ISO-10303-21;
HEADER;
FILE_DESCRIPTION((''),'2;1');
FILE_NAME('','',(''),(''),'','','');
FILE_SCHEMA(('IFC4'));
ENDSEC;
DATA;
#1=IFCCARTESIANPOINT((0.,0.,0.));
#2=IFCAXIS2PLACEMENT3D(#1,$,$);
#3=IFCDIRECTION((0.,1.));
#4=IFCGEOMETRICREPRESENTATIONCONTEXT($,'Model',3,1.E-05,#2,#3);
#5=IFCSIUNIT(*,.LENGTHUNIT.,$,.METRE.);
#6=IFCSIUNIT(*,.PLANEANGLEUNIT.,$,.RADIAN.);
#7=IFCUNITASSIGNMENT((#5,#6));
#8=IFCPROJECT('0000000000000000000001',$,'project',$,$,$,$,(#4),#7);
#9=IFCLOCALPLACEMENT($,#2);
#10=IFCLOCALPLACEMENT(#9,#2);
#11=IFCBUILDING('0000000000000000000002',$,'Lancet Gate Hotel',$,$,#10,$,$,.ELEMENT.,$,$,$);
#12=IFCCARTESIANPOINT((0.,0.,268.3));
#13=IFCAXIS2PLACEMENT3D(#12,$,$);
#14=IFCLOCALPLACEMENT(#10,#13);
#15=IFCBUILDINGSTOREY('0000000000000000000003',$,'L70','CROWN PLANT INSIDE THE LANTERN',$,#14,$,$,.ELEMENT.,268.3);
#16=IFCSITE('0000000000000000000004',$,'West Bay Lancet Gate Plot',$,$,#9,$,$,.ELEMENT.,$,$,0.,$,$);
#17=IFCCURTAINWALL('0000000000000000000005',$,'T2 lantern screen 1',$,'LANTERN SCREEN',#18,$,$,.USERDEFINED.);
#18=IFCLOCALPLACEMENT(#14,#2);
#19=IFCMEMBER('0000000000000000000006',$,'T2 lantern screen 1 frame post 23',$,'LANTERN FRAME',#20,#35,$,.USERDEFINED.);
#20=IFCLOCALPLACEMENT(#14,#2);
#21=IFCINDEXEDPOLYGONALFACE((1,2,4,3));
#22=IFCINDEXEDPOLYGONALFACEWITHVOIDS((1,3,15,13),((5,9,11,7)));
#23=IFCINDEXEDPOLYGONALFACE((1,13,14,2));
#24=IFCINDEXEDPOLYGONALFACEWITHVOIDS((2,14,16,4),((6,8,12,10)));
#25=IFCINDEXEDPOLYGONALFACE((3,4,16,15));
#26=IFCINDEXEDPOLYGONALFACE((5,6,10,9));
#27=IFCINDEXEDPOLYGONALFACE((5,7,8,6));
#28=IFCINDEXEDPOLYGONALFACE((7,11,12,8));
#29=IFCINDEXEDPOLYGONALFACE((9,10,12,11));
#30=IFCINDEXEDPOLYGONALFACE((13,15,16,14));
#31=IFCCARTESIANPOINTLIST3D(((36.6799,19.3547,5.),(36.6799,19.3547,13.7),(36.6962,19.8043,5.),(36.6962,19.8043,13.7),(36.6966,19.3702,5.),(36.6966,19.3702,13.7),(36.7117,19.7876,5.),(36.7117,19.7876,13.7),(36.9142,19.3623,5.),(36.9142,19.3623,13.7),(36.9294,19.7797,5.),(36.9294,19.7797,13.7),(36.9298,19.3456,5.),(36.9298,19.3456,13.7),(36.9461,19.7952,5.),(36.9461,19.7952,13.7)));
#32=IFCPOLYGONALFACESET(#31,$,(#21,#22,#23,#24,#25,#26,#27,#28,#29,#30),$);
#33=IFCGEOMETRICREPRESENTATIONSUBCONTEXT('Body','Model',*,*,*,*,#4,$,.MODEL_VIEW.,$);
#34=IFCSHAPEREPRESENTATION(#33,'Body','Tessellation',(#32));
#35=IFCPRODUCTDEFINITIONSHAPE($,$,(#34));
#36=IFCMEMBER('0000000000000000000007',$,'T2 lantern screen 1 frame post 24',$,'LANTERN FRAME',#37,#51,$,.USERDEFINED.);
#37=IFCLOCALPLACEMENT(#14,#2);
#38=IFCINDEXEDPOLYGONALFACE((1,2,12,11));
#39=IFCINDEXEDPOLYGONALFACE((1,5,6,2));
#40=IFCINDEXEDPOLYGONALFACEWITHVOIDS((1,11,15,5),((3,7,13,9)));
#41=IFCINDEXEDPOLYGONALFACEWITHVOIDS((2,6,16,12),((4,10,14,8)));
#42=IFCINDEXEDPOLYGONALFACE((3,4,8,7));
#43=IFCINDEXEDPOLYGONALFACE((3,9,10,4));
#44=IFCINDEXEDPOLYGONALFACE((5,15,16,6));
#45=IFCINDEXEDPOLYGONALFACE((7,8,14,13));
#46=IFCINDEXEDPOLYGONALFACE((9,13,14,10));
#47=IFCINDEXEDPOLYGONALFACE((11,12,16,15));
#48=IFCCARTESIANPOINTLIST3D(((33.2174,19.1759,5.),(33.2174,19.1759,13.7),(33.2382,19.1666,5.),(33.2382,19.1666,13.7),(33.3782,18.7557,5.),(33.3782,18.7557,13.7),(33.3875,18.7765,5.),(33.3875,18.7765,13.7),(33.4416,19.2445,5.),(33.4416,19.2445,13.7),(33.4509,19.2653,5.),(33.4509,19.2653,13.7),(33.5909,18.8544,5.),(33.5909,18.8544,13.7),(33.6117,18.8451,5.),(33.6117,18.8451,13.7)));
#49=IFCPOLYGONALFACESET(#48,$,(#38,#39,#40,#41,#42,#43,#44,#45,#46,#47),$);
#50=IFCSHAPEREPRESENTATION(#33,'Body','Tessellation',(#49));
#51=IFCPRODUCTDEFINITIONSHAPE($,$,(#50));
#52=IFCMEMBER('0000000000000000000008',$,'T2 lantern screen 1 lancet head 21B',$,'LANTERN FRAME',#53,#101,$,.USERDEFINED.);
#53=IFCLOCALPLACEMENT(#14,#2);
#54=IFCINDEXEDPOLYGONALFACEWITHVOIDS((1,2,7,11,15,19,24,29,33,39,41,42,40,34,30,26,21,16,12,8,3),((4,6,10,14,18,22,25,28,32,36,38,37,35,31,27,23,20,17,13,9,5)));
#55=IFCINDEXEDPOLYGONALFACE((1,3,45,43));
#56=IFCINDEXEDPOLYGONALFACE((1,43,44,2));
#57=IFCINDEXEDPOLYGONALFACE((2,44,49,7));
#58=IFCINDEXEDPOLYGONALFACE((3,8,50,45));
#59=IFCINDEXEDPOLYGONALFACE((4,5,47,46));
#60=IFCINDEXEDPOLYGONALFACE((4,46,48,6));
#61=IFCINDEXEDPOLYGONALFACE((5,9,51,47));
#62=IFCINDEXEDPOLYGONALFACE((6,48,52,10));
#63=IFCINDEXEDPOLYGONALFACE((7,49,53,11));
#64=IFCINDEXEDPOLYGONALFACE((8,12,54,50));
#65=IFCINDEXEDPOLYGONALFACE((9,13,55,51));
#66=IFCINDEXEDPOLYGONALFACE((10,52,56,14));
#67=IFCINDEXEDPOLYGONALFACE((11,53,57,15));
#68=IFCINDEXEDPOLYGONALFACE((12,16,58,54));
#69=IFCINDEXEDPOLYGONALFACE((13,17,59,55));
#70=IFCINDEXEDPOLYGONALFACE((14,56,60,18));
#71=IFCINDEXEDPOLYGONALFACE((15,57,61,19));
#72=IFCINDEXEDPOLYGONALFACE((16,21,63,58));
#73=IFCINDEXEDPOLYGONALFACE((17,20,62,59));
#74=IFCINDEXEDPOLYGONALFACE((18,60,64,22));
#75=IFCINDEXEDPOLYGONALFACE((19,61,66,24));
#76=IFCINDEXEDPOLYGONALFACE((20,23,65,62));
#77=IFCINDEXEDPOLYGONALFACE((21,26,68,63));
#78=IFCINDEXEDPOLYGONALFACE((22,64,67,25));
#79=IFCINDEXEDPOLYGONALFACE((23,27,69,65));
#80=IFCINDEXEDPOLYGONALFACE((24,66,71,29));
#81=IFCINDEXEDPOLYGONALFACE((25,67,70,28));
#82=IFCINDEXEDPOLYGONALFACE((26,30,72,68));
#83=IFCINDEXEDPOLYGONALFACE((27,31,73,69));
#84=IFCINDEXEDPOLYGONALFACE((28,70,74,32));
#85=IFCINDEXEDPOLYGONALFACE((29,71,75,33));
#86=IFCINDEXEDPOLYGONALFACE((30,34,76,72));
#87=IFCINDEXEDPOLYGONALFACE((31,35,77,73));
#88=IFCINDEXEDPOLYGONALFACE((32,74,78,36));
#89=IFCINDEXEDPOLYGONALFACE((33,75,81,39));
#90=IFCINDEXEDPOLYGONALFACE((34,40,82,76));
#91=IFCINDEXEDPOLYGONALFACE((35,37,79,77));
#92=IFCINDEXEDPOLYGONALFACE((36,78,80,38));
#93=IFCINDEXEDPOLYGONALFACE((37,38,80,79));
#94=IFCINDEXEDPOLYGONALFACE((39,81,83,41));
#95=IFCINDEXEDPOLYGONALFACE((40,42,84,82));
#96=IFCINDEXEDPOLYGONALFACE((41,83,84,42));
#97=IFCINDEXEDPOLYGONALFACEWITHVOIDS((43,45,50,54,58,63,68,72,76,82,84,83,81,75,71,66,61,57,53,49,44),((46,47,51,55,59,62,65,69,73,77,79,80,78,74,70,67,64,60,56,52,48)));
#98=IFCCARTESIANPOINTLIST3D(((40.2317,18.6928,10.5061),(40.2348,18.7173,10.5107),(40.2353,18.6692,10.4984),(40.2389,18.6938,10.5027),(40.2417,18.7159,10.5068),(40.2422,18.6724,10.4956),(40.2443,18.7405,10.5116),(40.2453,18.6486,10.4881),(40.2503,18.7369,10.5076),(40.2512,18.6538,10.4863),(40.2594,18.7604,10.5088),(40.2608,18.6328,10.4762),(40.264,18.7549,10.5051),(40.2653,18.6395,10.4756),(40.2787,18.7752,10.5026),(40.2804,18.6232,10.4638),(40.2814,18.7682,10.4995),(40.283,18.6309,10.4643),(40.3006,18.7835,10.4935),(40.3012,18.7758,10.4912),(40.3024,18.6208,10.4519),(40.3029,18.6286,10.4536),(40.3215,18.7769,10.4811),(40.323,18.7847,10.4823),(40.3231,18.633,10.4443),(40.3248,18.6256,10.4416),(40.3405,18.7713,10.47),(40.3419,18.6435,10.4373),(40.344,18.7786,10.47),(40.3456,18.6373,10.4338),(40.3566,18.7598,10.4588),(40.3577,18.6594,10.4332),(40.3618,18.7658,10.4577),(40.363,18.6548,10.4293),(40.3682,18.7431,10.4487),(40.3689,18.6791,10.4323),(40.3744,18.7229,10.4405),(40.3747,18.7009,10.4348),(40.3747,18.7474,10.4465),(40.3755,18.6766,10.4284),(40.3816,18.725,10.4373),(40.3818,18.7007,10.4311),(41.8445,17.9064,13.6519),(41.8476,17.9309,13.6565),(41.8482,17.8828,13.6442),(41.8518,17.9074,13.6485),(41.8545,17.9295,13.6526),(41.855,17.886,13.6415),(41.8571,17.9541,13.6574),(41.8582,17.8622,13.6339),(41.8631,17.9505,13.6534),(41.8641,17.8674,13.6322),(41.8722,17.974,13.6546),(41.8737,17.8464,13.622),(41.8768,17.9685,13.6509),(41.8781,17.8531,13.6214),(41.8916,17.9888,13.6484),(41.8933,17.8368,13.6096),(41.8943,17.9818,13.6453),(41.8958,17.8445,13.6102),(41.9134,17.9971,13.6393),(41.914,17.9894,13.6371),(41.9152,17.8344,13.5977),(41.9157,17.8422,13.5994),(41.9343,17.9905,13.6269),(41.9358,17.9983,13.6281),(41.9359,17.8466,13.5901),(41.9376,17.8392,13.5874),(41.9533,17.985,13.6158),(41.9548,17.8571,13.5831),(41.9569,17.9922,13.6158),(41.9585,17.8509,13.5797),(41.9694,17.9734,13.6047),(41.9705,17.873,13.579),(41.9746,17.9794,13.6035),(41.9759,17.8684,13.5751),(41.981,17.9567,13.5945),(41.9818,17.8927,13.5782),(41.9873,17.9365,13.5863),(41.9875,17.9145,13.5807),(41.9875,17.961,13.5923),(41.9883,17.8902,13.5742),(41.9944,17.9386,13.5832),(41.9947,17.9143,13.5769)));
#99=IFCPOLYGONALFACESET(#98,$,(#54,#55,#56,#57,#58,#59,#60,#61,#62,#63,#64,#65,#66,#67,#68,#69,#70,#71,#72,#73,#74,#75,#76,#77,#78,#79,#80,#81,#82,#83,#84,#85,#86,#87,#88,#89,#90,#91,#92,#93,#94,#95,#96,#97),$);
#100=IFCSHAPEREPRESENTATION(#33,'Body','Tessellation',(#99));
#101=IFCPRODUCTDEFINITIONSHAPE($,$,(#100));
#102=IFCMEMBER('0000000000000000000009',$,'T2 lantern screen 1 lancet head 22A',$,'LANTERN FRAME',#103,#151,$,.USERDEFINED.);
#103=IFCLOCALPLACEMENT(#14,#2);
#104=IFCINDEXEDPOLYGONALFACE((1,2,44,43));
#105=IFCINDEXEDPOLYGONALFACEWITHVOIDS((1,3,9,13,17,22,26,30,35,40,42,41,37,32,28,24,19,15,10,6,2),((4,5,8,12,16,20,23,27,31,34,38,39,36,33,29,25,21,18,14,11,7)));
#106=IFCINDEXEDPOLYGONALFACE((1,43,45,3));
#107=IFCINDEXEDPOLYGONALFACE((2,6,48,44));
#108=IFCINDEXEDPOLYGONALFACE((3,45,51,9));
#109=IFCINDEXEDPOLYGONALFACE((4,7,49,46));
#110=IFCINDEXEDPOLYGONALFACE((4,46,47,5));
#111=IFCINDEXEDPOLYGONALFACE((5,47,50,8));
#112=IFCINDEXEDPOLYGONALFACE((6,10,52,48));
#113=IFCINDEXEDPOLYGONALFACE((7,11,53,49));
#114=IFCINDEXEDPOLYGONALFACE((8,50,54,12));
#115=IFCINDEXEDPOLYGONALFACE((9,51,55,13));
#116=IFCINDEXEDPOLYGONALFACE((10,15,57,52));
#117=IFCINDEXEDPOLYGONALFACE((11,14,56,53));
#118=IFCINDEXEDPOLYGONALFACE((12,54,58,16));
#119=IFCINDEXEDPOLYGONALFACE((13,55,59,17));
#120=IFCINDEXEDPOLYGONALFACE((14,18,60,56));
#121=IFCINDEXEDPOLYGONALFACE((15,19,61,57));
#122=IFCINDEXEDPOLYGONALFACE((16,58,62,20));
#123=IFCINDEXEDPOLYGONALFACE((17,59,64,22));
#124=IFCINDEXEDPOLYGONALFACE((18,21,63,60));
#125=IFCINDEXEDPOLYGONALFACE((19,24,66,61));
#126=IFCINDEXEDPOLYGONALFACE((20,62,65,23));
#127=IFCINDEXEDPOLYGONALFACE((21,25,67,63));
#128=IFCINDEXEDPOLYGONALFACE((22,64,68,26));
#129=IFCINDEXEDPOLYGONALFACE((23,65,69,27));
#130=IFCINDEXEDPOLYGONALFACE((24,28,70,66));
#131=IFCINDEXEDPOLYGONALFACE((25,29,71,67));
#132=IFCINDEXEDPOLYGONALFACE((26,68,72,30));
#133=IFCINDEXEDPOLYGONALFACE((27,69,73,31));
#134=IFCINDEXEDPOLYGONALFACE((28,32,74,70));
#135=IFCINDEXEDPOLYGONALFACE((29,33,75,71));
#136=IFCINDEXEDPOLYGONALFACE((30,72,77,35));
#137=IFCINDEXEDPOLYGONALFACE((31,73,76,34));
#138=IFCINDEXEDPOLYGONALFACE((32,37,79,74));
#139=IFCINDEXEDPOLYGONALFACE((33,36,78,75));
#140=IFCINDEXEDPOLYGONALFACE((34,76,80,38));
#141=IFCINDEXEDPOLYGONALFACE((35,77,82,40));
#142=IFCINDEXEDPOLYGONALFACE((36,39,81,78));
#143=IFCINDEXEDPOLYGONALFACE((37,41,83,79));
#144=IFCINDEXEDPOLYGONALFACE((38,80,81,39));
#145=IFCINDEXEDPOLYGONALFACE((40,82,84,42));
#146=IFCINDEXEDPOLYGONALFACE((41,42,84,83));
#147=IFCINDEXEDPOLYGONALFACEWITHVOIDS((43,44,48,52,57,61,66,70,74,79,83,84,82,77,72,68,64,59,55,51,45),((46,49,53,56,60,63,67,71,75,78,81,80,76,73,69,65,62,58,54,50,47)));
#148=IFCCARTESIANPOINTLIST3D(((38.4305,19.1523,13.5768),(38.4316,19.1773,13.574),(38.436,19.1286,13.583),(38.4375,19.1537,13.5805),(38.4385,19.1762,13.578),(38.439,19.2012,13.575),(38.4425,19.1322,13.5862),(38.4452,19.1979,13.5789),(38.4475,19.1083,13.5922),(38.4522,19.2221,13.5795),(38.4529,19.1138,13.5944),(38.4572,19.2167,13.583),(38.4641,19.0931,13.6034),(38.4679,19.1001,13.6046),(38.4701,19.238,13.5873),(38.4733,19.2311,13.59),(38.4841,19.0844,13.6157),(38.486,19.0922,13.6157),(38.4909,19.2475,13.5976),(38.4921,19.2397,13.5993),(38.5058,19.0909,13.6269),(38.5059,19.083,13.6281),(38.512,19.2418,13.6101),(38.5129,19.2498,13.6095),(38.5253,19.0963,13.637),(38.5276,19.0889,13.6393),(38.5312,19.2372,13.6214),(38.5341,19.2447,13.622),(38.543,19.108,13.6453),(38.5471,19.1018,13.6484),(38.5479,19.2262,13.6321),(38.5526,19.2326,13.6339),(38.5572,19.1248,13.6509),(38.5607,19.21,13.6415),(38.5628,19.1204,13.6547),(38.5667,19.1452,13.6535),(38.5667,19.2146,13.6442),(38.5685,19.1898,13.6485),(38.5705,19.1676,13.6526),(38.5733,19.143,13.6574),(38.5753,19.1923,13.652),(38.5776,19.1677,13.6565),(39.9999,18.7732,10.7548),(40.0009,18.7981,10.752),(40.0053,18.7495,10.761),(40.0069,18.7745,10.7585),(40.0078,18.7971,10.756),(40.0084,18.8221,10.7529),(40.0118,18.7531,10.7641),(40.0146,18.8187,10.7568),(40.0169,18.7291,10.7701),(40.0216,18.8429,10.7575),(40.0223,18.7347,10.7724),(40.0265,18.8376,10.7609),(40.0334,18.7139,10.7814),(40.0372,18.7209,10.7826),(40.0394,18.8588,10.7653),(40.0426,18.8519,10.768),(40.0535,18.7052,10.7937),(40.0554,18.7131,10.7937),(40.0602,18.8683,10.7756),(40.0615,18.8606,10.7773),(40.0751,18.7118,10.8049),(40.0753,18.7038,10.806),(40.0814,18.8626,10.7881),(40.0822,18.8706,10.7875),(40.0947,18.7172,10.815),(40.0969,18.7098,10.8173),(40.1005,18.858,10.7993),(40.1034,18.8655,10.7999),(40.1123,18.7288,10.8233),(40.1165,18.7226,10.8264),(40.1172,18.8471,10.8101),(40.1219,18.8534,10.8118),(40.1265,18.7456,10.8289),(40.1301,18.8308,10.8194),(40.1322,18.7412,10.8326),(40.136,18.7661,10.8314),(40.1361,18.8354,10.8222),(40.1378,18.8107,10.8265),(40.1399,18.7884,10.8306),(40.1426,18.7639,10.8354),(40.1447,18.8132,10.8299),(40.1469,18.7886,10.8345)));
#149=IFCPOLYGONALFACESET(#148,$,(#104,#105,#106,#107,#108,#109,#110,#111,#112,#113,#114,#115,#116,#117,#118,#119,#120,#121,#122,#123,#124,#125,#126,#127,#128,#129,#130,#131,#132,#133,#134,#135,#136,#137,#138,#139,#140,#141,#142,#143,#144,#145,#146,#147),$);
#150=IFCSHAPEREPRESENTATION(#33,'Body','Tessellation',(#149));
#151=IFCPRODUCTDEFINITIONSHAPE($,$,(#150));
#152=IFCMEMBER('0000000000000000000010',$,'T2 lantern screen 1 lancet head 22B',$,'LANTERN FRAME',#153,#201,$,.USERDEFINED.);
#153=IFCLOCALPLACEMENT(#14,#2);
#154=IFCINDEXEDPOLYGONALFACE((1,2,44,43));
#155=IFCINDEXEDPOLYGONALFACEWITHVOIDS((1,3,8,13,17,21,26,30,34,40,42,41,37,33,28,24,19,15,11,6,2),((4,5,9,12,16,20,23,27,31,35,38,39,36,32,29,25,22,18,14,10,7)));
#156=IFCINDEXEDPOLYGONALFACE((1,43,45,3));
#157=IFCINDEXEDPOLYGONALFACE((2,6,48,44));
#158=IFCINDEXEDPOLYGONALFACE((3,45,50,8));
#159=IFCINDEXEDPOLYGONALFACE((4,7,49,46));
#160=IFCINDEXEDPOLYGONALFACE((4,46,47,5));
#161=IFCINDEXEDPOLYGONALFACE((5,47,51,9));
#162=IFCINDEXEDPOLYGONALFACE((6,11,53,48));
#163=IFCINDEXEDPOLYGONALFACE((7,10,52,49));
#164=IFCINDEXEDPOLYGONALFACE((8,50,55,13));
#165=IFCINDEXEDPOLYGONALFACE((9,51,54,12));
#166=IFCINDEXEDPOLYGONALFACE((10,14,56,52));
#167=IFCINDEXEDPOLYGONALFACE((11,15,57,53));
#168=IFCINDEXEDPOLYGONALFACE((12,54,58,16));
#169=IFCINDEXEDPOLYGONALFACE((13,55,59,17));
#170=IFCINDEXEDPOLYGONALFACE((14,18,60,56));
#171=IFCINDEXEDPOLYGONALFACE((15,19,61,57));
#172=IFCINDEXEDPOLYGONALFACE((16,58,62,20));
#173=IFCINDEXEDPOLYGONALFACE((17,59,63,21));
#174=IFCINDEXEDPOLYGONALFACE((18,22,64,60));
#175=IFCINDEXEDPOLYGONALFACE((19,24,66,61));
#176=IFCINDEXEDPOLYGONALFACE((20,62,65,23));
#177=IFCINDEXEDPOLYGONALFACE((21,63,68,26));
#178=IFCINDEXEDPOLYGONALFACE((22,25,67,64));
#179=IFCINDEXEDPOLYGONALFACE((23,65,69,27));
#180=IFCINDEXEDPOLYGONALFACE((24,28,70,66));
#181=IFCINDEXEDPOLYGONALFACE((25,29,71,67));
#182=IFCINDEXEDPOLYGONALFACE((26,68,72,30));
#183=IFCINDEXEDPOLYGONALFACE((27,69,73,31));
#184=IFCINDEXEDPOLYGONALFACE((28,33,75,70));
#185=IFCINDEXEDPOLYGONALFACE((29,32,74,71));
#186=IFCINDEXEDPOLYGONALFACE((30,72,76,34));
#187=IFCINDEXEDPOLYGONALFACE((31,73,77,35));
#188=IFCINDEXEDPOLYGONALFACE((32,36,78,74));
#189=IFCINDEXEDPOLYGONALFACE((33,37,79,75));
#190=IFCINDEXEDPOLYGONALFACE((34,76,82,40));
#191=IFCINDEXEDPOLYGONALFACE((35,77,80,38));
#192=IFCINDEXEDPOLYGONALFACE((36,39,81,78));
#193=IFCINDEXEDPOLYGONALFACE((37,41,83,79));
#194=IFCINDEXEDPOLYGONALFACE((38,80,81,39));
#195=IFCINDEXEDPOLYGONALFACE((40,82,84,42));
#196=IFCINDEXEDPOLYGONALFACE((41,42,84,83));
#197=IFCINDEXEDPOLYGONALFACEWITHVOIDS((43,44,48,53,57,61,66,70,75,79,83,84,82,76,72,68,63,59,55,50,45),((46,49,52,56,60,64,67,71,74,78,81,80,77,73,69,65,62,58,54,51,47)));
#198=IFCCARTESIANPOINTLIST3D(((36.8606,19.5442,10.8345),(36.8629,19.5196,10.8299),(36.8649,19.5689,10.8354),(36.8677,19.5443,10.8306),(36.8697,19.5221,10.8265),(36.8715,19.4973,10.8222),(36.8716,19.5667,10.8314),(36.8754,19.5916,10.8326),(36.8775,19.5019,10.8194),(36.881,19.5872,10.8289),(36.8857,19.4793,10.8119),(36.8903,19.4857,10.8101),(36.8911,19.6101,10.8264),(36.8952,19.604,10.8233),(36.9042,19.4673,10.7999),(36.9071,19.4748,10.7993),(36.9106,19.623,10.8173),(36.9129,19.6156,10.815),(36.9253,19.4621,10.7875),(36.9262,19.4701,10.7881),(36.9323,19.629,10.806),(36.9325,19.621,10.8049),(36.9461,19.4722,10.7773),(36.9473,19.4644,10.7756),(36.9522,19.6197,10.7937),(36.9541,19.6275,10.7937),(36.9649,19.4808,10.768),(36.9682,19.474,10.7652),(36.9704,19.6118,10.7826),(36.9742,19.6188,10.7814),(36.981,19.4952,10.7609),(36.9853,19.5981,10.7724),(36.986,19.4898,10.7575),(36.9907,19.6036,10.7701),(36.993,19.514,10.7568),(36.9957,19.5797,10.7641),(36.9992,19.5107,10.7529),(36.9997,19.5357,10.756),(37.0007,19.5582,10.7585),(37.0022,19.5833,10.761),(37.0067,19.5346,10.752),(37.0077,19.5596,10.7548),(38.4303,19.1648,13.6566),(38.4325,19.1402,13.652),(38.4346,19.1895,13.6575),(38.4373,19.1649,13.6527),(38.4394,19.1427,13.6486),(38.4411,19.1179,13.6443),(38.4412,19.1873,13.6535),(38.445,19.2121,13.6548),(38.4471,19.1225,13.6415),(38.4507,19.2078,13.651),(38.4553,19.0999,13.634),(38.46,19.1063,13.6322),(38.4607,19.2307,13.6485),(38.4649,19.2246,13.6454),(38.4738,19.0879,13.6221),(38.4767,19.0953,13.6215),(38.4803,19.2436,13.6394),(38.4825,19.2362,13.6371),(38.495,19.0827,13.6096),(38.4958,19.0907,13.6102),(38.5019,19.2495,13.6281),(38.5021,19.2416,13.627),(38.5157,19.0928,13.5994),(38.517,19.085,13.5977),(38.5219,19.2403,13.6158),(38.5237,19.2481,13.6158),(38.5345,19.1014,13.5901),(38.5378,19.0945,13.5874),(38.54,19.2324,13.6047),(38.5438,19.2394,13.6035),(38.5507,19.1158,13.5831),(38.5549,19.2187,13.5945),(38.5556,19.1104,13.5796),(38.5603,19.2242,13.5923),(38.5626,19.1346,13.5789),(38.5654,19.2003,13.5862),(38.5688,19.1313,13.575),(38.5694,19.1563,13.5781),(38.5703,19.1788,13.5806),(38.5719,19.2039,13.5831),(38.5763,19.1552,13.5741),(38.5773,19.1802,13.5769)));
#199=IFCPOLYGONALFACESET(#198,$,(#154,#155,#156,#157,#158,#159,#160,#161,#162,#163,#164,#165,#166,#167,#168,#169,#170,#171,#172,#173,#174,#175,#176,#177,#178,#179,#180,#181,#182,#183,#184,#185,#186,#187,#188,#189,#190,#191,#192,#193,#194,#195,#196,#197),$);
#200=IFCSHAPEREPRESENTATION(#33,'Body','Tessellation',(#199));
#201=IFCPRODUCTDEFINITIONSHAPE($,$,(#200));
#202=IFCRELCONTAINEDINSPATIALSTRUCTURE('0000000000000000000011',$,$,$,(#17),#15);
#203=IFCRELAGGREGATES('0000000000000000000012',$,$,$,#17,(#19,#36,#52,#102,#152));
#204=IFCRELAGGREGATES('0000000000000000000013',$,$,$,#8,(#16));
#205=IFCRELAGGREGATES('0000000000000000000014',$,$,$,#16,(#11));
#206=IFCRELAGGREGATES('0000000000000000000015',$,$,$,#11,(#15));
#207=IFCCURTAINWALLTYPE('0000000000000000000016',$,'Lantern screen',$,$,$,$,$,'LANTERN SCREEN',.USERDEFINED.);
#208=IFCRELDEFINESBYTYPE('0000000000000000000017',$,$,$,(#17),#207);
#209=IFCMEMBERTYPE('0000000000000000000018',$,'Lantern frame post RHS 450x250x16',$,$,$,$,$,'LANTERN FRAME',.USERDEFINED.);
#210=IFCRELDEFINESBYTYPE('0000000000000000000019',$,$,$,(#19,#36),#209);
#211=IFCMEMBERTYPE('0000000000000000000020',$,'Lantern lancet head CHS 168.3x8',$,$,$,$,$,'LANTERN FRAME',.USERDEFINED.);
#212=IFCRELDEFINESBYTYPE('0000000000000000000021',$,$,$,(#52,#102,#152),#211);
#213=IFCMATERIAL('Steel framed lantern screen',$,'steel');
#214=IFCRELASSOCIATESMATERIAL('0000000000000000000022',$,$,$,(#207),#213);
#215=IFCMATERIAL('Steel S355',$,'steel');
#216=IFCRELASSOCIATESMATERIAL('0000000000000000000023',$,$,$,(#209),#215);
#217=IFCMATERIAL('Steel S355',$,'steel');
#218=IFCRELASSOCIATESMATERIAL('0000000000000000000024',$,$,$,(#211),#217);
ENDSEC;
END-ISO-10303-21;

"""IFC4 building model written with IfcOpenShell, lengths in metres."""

from ifc_helpers import new_model, si_unit, direction, frame, origin, origin_2d, place, context, subcontext, project, spatial, hollow_rectangle, hollow_circle, extrude, material, material_profile, profile_set, type_object, element, aggregate, save


model = new_model("IFC4")

# Units and contexts
model_context = context("Model", 3, precision=1e-05, world=origin(), true_north=direction((0.0, 1.0)))
body_context = subcontext(model_context, "Body", "Model", "MODEL_VIEW")
ifc_project = project(units=[si_unit("LENGTHUNIT", "METRE"), si_unit("PLANEANGLEUNIT", "RADIAN")], contexts=[model_context])

# Site, building, storey
site_placement = place(None, origin())
site = spatial("IfcSite", under=ifc_project, at=site_placement, Name="West Bay Lancet Gate Plot", CompositionType="ELEMENT", RefElevation=0.0)
building_placement = place(site_placement, origin())
building = spatial("IfcBuilding", under=site, at=building_placement, Name="Lancet Gate Hotel", CompositionType="ELEMENT")
storey_placement = place(building_placement, frame((0.0, 0.0, 268.3)))
storey = spatial("IfcBuildingStorey", under=building, at=storey_placement, Name="L70", Description="CROWN PLANT INSIDE THE LANTERN", CompositionType="ELEMENT", Elevation=268.3)

# Curtain wall, members
ifc_material_1 = material(Name="Steel framed lantern screen", Category="steel")
curtain_wall_type_1 = type_object("IfcCurtainWallType", Name="Lantern screen", ElementType="LANTERN SCREEN", PredefinedType="USERDEFINED", material=ifc_material_1)
curtain_wall_1_placement = place(storey_placement, origin())
curtain_wall_1 = element("IfcCurtainWall", 1, at=curtain_wall_1_placement, inside=storey, type_object=curtain_wall_type_1, Name="T2 lantern screen 1", ObjectType="LANTERN SCREEN", PredefinedType="USERDEFINED")
ifc_material_2 = material(Name="Steel S355", Category="steel")
ifc_material_profile_1 = material_profile(ifc_material_2, hollow_rectangle(XDim=0.25, YDim=0.45, WallThickness=0.0161, at=origin_2d()), Name="RHS 450x250x16")
ifc_profile_set_1 = profile_set([ifc_material_profile_1], Name="Steel S355")
member_type_1 = type_object("IfcMemberType", Name="Lantern frame post RHS 450x250x16", ElementType="LANTERN FRAME", PredefinedType="USERDEFINED", material=ifc_profile_set_1)
member_1_placement = place(storey_placement, frame((36.813, 19.575, 5.0), z_axis=(0.0, 0.0, 1.0), x_axis=(-0.999343, 0.03625, 0.0)))
member_1 = element("IfcMember", 2, at=member_1_placement, type_object=member_type_1, Name="T2 lantern screen 1 frame post 23", ObjectType="LANTERN FRAME", PredefinedType="USERDEFINED", context=body_context, shape_type="SweptSolid", body=[
    extrude(hollow_rectangle(XDim=0.25, YDim=0.45, WallThickness=0.0161, at=origin_2d()), origin(), (0.0, 0.0, 1.0), 8.7),
])
member_2_placement = place(storey_placement, frame((33.4146, 19.0105, 5.0), z_axis=(0.0, 0.0, 1.0), x_axis=(-0.933943, -0.357421, 0.0)))
member_2 = element("IfcMember", 3, at=member_2_placement, type_object=member_type_1, Name="T2 lantern screen 1 frame post 24", ObjectType="LANTERN FRAME", PredefinedType="USERDEFINED", context=body_context, shape_type="SweptSolid", body=[
    extrude(hollow_rectangle(XDim=0.25, YDim=0.45, WallThickness=0.0161, at=origin_2d()), origin(), (0.0, 0.0, 1.0), 8.7),
])
ifc_material_3 = material(Name="Steel S355", Category="steel")
ifc_material_profile_2 = material_profile(ifc_material_3, hollow_circle(Radius=0.0842, WallThickness=0.0081, at=origin_2d()), Name="CHS 168.3x8.0")
ifc_profile_set_2 = profile_set([ifc_material_profile_2], Name="Steel S355")
member_type_2 = type_object("IfcMemberType", Name="Lantern lancet head CHS 168.3x8", ElementType="LANTERN FRAME", PredefinedType="USERDEFINED", material=ifc_profile_set_2)
member_3_placement = place(storey_placement, frame((40.3071, 18.7029, 10.47), z_axis=(0.445339, -0.217141, 0.868633), x_axis=(0.438265, 0.898846, 0.0)))
member_3 = element("IfcMember", 4, at=member_3_placement, type_object=member_type_2, Name="T2 lantern screen 1 lancet head 21B", ObjectType="LANTERN FRAME", PredefinedType="USERDEFINED", context=body_context, shape_type="SweptSolid", body=[
    extrude(hollow_circle(Radius=0.0842, WallThickness=0.0081, at=origin_2d()), origin(), (0.0, 0.0, 1.0), 3.6216),
])
member_4_placement = place(storey_placement, frame((40.0732, 18.7871, 10.7937), z_axis=(-0.482693, 0.116618, 0.867991), x_axis=(-0.234843, -0.972033, 0.0)))
member_4 = element("IfcMember", 5, at=member_4_placement, type_object=member_type_2, Name="T2 lantern screen 1 lancet head 22A", ObjectType="LANTERN FRAME", PredefinedType="USERDEFINED", context=body_context, shape_type="SweptSolid", body=[
    extrude(hollow_circle(Radius=0.0842, WallThickness=0.0081, at=origin_2d()), origin(), (0.0, 0.0, 1.0), 3.2512),
])
member_5_placement = place(storey_placement, frame((36.9343, 19.5457, 10.7937), z_axis=(0.482746, -0.116688, 0.867952), x_axis=(0.234951, 0.972007, 0.0)))
member_5 = element("IfcMember", 6, at=member_5_placement, type_object=member_type_2, Name="T2 lantern screen 1 lancet head 22B", ObjectType="LANTERN FRAME", PredefinedType="USERDEFINED", context=body_context, shape_type="SweptSolid", body=[
    extrude(hollow_circle(Radius=0.0842, WallThickness=0.0081, at=origin_2d()), origin(), (0.0, 0.0, 1.0), 3.2515),
])

aggregate(curtain_wall_1, [member_1, member_2, member_3, member_4, member_5])

save(model, "model.ifc")
